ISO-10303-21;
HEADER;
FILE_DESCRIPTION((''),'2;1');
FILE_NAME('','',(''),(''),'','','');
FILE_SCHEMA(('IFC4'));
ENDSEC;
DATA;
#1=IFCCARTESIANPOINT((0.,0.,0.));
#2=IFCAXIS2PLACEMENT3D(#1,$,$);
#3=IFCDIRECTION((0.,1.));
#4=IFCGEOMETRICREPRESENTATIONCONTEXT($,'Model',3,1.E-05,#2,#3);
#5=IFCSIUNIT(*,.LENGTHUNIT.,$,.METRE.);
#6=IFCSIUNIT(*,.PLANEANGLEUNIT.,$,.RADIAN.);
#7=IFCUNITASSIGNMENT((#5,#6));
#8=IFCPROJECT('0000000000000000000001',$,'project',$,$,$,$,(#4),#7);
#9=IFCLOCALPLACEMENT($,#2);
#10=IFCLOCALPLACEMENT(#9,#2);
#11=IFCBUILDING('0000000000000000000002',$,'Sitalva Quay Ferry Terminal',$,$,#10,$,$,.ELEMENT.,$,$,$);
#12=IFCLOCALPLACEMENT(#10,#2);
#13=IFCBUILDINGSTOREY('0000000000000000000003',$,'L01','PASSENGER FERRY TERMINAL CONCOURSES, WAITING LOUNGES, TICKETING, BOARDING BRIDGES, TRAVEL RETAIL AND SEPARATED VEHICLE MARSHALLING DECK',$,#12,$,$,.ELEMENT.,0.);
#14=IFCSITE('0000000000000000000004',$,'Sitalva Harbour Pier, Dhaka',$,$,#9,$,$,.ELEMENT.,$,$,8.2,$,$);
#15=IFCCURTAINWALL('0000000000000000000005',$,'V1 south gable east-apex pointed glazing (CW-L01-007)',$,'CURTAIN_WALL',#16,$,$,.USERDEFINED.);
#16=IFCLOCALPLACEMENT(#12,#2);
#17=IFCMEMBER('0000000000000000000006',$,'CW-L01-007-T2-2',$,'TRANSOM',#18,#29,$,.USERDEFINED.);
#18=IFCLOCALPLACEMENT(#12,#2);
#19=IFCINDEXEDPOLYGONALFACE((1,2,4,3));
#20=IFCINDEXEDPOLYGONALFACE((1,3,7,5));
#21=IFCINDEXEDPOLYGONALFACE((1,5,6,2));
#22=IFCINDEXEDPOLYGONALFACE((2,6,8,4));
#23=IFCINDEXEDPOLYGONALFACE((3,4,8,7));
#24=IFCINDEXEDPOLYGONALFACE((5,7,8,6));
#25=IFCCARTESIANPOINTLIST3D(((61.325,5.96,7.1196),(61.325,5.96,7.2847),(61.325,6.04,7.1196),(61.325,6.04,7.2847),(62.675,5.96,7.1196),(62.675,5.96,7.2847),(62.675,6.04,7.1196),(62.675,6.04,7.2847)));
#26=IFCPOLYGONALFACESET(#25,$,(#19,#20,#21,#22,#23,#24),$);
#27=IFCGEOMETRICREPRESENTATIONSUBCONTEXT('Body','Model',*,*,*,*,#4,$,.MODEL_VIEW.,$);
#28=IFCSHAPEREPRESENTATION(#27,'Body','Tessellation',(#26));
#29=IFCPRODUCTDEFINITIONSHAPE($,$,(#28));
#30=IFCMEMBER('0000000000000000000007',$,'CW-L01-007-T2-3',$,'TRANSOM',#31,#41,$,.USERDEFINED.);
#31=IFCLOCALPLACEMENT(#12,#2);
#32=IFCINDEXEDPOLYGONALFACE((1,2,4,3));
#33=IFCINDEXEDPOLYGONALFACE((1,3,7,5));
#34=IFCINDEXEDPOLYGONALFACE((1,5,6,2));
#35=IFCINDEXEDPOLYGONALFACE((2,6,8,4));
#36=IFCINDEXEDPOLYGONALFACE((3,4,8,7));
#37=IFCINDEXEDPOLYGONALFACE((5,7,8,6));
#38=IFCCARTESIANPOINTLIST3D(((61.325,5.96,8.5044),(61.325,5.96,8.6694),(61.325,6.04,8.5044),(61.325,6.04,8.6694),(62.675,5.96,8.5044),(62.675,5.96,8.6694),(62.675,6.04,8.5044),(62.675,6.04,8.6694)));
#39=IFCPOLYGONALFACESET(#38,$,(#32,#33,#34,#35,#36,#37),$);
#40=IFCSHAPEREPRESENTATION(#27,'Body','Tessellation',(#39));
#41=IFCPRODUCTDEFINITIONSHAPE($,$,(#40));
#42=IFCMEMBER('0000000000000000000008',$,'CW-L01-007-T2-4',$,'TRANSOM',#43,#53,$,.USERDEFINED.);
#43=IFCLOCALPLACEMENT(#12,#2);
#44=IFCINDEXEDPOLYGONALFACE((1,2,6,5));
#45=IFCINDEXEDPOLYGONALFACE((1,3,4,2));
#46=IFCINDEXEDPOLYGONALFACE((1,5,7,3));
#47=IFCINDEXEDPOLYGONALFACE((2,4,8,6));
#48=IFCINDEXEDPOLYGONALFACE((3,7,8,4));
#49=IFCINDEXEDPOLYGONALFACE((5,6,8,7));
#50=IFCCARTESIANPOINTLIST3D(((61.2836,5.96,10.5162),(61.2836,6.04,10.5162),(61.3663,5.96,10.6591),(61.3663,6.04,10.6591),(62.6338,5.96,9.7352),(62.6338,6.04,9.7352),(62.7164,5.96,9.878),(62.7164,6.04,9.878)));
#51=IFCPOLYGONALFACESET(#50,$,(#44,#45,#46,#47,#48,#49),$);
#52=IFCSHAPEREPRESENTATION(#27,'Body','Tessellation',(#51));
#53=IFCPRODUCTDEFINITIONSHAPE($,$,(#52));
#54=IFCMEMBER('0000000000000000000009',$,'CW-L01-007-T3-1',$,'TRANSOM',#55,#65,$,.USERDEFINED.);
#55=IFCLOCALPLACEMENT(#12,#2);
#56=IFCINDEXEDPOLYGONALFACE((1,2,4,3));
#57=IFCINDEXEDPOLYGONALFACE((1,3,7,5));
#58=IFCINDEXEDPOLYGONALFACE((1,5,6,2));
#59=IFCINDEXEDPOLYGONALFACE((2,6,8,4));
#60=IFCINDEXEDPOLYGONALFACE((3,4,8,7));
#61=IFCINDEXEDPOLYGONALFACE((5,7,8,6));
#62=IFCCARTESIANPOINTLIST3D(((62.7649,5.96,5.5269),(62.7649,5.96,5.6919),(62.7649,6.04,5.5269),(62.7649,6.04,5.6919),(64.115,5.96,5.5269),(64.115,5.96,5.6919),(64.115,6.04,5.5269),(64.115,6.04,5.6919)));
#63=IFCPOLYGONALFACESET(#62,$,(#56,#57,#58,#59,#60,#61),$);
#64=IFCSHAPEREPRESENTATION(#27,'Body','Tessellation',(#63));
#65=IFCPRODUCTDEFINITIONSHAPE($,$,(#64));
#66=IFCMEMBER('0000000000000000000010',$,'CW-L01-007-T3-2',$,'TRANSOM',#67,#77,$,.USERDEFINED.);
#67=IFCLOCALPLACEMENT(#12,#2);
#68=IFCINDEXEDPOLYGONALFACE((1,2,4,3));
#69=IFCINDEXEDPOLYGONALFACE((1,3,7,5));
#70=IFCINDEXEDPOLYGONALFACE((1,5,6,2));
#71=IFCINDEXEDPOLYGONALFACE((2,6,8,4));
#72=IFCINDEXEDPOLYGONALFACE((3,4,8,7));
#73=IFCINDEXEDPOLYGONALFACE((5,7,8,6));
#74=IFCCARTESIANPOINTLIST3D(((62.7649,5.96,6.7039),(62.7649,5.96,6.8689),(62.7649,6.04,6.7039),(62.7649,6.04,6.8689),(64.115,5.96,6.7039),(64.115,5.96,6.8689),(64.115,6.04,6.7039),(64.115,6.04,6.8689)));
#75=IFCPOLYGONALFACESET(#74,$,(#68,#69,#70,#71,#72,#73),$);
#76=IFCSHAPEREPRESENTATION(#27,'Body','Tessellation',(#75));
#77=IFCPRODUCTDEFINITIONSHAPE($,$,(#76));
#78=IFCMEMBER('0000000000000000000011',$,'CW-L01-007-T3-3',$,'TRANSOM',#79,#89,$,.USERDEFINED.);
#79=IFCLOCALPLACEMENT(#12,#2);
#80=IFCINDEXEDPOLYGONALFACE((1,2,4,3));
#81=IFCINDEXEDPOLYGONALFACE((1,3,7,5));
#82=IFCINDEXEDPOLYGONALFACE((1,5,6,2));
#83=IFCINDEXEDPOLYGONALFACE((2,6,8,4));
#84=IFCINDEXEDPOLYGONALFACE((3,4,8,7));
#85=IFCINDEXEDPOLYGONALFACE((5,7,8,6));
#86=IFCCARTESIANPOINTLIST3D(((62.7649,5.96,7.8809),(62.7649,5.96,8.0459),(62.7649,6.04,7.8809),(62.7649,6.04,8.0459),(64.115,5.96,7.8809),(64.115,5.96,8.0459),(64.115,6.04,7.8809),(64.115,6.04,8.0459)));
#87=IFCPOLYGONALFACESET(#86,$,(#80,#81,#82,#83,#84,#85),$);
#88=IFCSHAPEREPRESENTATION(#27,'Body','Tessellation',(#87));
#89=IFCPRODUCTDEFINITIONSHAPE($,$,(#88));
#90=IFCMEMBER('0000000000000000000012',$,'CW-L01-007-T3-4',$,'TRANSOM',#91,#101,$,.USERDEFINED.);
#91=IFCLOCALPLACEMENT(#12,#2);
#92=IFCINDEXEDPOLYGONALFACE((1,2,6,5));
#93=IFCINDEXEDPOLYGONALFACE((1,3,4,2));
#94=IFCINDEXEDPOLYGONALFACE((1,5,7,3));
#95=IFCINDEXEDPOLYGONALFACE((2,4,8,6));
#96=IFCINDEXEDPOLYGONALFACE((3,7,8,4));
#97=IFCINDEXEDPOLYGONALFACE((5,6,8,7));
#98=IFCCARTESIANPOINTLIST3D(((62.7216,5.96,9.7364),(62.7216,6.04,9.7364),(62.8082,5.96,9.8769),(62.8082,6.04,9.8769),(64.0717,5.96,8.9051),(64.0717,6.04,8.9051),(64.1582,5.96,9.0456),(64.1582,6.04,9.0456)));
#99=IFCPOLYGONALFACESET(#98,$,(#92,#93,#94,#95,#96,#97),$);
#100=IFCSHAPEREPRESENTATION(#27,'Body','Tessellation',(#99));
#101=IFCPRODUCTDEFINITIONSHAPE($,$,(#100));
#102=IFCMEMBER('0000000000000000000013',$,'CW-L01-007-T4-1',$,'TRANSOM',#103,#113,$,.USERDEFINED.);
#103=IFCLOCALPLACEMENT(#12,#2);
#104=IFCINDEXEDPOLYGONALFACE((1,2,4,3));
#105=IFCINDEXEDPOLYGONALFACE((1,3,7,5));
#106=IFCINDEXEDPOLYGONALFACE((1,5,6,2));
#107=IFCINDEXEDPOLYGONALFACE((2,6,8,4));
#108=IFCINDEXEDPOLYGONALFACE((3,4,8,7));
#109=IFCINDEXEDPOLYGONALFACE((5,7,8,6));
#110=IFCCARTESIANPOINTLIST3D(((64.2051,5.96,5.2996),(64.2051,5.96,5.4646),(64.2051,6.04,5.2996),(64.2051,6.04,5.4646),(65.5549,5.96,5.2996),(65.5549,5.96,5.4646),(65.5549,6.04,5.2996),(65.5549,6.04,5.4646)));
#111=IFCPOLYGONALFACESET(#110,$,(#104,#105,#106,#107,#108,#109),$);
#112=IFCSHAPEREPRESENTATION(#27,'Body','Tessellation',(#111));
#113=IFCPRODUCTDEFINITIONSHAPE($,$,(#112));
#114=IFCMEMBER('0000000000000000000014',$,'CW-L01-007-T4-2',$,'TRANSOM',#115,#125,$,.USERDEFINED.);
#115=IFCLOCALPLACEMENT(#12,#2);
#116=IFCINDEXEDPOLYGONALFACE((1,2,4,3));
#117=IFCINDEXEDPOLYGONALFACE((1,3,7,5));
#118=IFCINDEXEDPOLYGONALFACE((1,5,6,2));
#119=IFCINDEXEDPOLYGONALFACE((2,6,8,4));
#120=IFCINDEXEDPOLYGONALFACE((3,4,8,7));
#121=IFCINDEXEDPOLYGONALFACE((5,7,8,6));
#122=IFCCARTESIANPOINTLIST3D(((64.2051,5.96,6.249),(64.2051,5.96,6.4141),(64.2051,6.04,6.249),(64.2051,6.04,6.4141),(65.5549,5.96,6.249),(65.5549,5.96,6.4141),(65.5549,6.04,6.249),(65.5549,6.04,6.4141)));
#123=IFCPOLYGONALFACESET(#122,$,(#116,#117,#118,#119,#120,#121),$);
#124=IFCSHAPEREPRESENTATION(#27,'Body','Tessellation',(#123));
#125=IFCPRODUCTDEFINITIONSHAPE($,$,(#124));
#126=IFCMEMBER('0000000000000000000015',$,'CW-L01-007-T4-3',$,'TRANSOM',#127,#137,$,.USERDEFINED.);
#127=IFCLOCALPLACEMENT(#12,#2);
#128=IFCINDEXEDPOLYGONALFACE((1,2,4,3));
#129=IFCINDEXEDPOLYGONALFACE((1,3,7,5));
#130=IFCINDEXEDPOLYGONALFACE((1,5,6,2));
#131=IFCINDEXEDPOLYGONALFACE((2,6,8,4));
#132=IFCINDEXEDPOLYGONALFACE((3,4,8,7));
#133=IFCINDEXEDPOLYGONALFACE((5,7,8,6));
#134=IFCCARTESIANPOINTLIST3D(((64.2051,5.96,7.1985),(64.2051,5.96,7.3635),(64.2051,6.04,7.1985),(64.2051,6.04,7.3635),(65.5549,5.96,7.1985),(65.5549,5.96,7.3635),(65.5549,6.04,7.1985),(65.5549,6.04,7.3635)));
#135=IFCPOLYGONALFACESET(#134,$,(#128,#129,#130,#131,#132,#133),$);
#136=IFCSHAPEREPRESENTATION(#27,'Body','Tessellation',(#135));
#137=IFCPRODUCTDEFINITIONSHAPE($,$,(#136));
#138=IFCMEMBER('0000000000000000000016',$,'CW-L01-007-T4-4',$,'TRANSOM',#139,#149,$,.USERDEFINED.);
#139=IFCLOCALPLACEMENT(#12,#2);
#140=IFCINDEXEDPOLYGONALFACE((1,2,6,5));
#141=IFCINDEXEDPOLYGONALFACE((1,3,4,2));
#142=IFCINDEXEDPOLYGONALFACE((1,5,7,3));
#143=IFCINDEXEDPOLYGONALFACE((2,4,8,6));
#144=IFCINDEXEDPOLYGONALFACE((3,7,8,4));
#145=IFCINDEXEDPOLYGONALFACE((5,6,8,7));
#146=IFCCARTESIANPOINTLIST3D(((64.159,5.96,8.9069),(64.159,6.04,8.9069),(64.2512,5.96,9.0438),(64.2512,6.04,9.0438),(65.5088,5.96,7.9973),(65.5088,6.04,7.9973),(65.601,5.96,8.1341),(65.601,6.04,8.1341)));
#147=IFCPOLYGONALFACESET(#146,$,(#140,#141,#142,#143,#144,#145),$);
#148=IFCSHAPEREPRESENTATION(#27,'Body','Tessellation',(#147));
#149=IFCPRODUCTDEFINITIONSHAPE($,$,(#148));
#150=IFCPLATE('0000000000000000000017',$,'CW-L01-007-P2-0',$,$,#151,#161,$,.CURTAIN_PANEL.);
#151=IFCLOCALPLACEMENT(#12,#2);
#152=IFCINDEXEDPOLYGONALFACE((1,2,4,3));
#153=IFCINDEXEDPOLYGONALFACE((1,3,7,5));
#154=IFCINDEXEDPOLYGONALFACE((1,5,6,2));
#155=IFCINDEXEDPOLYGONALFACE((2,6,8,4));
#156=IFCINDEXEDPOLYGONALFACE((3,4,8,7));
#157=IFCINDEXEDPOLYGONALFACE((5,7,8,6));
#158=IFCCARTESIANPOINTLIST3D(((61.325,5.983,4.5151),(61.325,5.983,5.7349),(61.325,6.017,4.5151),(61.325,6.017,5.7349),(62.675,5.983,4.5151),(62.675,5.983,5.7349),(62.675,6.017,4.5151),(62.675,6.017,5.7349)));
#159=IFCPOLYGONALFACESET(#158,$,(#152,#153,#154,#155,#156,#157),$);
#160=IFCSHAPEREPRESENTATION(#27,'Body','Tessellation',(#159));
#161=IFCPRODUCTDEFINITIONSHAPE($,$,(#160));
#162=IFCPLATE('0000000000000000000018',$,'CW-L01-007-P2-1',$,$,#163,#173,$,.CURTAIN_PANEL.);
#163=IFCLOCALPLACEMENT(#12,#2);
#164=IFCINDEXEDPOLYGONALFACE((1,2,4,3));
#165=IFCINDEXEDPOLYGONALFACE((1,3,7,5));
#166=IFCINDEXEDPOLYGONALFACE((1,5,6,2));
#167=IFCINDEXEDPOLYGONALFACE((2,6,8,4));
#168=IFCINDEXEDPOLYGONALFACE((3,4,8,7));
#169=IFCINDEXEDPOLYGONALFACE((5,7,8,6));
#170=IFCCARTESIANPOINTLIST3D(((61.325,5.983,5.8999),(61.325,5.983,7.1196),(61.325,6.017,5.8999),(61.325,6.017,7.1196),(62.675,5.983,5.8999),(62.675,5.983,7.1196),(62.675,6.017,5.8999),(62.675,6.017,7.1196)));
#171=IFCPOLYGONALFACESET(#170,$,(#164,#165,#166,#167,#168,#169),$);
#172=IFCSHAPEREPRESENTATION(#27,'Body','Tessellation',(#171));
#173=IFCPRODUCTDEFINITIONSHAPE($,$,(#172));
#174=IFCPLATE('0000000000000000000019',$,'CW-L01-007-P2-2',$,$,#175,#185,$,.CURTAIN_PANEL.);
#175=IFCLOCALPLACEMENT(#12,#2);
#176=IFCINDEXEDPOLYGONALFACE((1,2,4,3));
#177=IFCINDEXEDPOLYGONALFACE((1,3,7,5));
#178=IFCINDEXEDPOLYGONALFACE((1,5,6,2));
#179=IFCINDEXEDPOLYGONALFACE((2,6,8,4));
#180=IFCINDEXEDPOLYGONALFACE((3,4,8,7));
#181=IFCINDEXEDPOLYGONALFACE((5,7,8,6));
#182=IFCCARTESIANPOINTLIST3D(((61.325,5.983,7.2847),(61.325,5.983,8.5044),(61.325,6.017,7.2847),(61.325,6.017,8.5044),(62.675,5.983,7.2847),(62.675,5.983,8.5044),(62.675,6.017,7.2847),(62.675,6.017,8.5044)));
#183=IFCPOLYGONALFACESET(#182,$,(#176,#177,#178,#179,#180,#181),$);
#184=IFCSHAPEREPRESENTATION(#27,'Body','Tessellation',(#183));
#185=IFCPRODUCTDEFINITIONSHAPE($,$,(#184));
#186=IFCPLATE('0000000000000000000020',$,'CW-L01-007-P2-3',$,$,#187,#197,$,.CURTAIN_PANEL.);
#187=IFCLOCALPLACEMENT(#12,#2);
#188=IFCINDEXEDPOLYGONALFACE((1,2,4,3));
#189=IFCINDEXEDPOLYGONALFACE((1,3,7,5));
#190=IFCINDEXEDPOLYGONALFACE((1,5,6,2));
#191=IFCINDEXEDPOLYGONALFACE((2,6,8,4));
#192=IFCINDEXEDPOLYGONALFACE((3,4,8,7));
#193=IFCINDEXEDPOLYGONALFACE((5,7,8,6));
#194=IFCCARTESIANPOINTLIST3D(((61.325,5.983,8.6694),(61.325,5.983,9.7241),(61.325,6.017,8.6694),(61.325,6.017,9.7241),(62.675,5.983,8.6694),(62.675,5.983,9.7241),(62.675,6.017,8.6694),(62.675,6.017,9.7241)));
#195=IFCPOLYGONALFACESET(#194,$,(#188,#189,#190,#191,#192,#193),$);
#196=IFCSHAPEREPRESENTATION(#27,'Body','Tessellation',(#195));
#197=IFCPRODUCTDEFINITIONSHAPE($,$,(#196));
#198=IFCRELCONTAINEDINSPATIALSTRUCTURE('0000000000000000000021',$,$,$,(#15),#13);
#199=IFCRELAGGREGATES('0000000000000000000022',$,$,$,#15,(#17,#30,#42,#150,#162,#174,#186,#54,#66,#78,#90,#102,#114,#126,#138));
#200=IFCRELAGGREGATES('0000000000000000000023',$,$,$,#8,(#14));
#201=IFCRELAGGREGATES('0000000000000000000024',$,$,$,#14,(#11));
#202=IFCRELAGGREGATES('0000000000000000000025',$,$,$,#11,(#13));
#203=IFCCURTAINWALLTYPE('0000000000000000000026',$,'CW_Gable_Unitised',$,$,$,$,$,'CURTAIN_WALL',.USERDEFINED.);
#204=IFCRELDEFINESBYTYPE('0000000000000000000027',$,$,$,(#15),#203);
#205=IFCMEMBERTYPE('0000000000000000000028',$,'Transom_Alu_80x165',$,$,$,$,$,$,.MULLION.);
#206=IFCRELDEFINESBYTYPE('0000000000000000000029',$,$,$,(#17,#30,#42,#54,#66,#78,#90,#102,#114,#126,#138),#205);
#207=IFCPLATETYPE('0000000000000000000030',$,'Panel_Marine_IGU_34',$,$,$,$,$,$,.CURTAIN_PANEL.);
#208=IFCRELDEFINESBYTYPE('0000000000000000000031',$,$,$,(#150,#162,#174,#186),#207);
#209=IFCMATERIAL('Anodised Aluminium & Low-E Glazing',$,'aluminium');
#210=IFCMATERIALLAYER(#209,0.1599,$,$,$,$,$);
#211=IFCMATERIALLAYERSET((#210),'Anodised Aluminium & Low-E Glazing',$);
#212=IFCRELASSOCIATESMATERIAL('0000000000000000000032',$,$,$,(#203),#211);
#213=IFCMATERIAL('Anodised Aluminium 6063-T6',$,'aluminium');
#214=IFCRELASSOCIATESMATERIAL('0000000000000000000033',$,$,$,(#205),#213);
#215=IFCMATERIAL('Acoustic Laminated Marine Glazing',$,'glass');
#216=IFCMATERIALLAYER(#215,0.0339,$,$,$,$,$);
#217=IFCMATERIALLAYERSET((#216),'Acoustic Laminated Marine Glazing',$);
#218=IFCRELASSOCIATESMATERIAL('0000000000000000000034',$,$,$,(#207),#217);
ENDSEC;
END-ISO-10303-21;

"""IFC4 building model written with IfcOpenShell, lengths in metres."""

from ifc_helpers import new_model, si_unit, direction, frame, origin, origin_2d, place, context, subcontext, project, spatial, rectangle, extrude, material, layer, layer_set, material_profile, profile_set, type_object, element, aggregate, save


model = new_model("IFC4")

# Units and contexts
model_context = context("Model", 3, precision=1e-05, world=origin(), true_north=direction((0.0, 1.0)))
body_context = subcontext(model_context, "Body", "Model", "MODEL_VIEW")
ifc_project = project(units=[si_unit("LENGTHUNIT", "METRE"), si_unit("PLANEANGLEUNIT", "RADIAN")], contexts=[model_context])

# Site, building, storey
site_placement = place(None, origin())
site = spatial("IfcSite", under=ifc_project, at=site_placement, Name="Sitalva Harbour Pier, Dhaka", CompositionType="ELEMENT", RefElevation=8.2)
building_placement = place(site_placement, origin())
building = spatial("IfcBuilding", under=site, at=building_placement, Name="Sitalva Quay Ferry Terminal", CompositionType="ELEMENT")
storey_placement = place(building_placement, origin())
storey = spatial("IfcBuildingStorey", under=building, at=storey_placement, Name="L01", Description="PASSENGER FERRY TERMINAL CONCOURSES, WAITING LOUNGES, TICKETING, BOARDING BRIDGES, TRAVEL RETAIL AND SEPARATED VEHICLE MARSHALLING DECK", CompositionType="ELEMENT", Elevation=0.0)

# Curtain wall, members, plates
ifc_material_1 = material(Name="Anodised Aluminium & Low-E Glazing", Category="aluminium")
ifc_layer_1 = layer(ifc_material_1, 0.1599)
ifc_layer_set_1 = layer_set([ifc_layer_1], Name="Anodised Aluminium & Low-E Glazing")
curtain_wall_type = type_object("IfcCurtainWallType", Name="CW_Gable_Unitised", ElementType="CURTAIN_WALL", PredefinedType="USERDEFINED", material=ifc_layer_set_1)
curtain_wall_placement = place(storey_placement, origin())
curtain_wall = element("IfcCurtainWall", 1, at=curtain_wall_placement, inside=storey, type_object=curtain_wall_type, Name="V1 south gable east-apex pointed glazing (CW-L01-007)", ObjectType="CURTAIN_WALL", PredefinedType="USERDEFINED")
ifc_material_2 = material(Name="Anodised Aluminium 6063-T6", Category="aluminium")
ifc_material_profile = material_profile(ifc_material_2, rectangle(XDim=0.0801, YDim=0.165, at=origin_2d()), Name="ALU80x165")
ifc_profile_set = profile_set([ifc_material_profile], Name="Anodised Aluminium 6063-T6")
member_type = type_object("IfcMemberType", Name="Transom_Alu_80x165", PredefinedType="MULLION", material=ifc_profile_set)
member_1_placement = place(storey_placement, frame((61.325, 6.0, 7.2021), z_axis=(1.0, 0.0, 0.0), x_axis=(0.0, 1.0, 0.0)))
member_1 = element("IfcMember", 2, at=member_1_placement, type_object=member_type, Name="CW-L01-007-T2-2", ObjectType="TRANSOM", PredefinedType="USERDEFINED", context=body_context, shape_type="SweptSolid", body=[
    extrude(rectangle(XDim=0.0801, YDim=0.165, at=origin_2d()), origin(), (0.0, 0.0, 1.0), 1.3501),
])
member_2_placement = place(storey_placement, frame((61.325, 6.0, 8.5869), z_axis=(1.0, 0.0, 0.0), x_axis=(0.0, 1.0, 0.0)))
member_2 = element("IfcMember", 3, at=member_2_placement, type_object=member_type, Name="CW-L01-007-T2-3", ObjectType="TRANSOM", PredefinedType="USERDEFINED", context=body_context, shape_type="SweptSolid", body=[
    extrude(rectangle(XDim=0.0801, YDim=0.165, at=origin_2d()), origin(), (0.0, 0.0, 1.0), 1.3501),
])
member_3_placement = place(storey_placement, frame((61.325, 6.0, 10.5876), z_axis=(0.865601, 0.0, -0.500734), x_axis=(0.0, 1.0, 0.0)))
member_3 = element("IfcMember", 4, at=member_3_placement, type_object=member_type, Name="CW-L01-007-T2-4", ObjectType="TRANSOM", PredefinedType="USERDEFINED", context=body_context, shape_type="SweptSolid", body=[
    extrude(rectangle(XDim=0.0801, YDim=0.165, at=origin_2d()), origin(), (0.0, 0.0, 1.0), 1.5598),
])
member_4_placement = place(storey_placement, frame((62.7649, 6.0, 5.6094), z_axis=(1.0, 0.0, 0.0), x_axis=(0.0, 1.0, 0.0)))
member_4 = element("IfcMember", 5, at=member_4_placement, type_object=member_type, Name="CW-L01-007-T3-1", ObjectType="TRANSOM", PredefinedType="USERDEFINED", context=body_context, shape_type="SweptSolid", body=[
    extrude(rectangle(XDim=0.0801, YDim=0.165, at=origin_2d()), origin(), (0.0, 0.0, 1.0), 1.3501),
])
member_5_placement = place(storey_placement, frame((62.7649, 6.0, 6.7864), z_axis=(1.0, 0.0, 0.0), x_axis=(0.0, 1.0, 0.0)))
member_5 = element("IfcMember", 6, at=member_5_placement, type_object=member_type, Name="CW-L01-007-T3-2", ObjectType="TRANSOM", PredefinedType="USERDEFINED", context=body_context, shape_type="SweptSolid", body=[
    extrude(rectangle(XDim=0.0801, YDim=0.165, at=origin_2d()), origin(), (0.0, 0.0, 1.0), 1.3501),
])
member_6_placement = place(storey_placement, frame((62.7649, 6.0, 7.9634), z_axis=(1.0, 0.0, 0.0), x_axis=(0.0, 1.0, 0.0)))
member_6 = element("IfcMember", 7, at=member_6_placement, type_object=member_type, Name="CW-L01-007-T3-3", ObjectType="TRANSOM", PredefinedType="USERDEFINED", context=body_context, shape_type="SweptSolid", body=[
    extrude(rectangle(XDim=0.0801, YDim=0.165, at=origin_2d()), origin(), (0.0, 0.0, 1.0), 1.3501),
])
member_7_placement = place(storey_placement, frame((62.7649, 6.0, 9.8066), z_axis=(0.851526, 0.0, -0.524312), x_axis=(0.0, 1.0, 0.0)))
member_7 = element("IfcMember", 8, at=member_7_placement, type_object=member_type, Name="CW-L01-007-T3-4", ObjectType="TRANSOM", PredefinedType="USERDEFINED", context=body_context, shape_type="SweptSolid", body=[
    extrude(rectangle(XDim=0.0801, YDim=0.165, at=origin_2d()), origin(), (0.0, 0.0, 1.0), 1.5854),
])
member_8_placement = place(storey_placement, frame((64.2051, 6.0, 5.3821), z_axis=(1.0, 0.0, 0.0), x_axis=(0.0, 1.0, 0.0)))
member_8 = element("IfcMember", 9, at=member_8_placement, type_object=member_type, Name="CW-L01-007-T4-1", ObjectType="TRANSOM", PredefinedType="USERDEFINED", context=body_context, shape_type="SweptSolid", body=[
    extrude(rectangle(XDim=0.0801, YDim=0.165, at=origin_2d()), origin(), (0.0, 0.0, 1.0), 1.3499),
])
member_9_placement = place(storey_placement, frame((64.2051, 6.0, 6.3315), z_axis=(1.0, 0.0, 0.0), x_axis=(0.0, 1.0, 0.0)))
member_9 = element("IfcMember", 10, at=member_9_placement, type_object=member_type, Name="CW-L01-007-T4-2", ObjectType="TRANSOM", PredefinedType="USERDEFINED", context=body_context, shape_type="SweptSolid", body=[
    extrude(rectangle(XDim=0.0801, YDim=0.165, at=origin_2d()), origin(), (0.0, 0.0, 1.0), 1.3499),
])
member_10_placement = place(storey_placement, frame((64.2051, 6.0, 7.281), z_axis=(1.0, 0.0, 0.0), x_axis=(0.0, 1.0, 0.0)))
member_10 = element("IfcMember", 11, at=member_10_placement, type_object=member_type, Name="CW-L01-007-T4-3", ObjectType="TRANSOM", PredefinedType="USERDEFINED", context=body_context, shape_type="SweptSolid", body=[
    extrude(rectangle(XDim=0.0801, YDim=0.165, at=origin_2d()), origin(), (0.0, 0.0, 1.0), 1.3499),
])
member_11_placement = place(storey_placement, frame((64.2051, 6.0, 8.9753), z_axis=(0.829271, 0.0, -0.558847), x_axis=(0.0, 1.0, 0.0)))
member_11 = element("IfcMember", 12, at=member_11_placement, type_object=member_type, Name="CW-L01-007-T4-4", ObjectType="TRANSOM", PredefinedType="USERDEFINED", context=body_context, shape_type="SweptSolid", body=[
    extrude(rectangle(XDim=0.0801, YDim=0.165, at=origin_2d()), origin(), (0.0, 0.0, 1.0), 1.6277),
])
ifc_material_3 = material(Name="Acoustic Laminated Marine Glazing", Category="glass")
ifc_layer_2 = layer(ifc_material_3, 0.0339)
ifc_layer_set_2 = layer_set([ifc_layer_2], Name="Acoustic Laminated Marine Glazing")
plate_type = type_object("IfcPlateType", Name="Panel_Marine_IGU_34", PredefinedType="CURTAIN_PANEL", material=ifc_layer_set_2)
plate_1_placement = place(storey_placement, frame((62.0, 6.0, 4.5151), z_axis=(0.0, 0.0, 1.0), x_axis=(1.0, 0.0, 0.0)))
plate_1 = element("IfcPlate", 13, at=plate_1_placement, type_object=plate_type, Name="CW-L01-007-P2-0", PredefinedType="CURTAIN_PANEL", context=body_context, shape_type="SweptSolid", body=[
    extrude(rectangle(XDim=1.3501, YDim=0.0339, at=origin_2d()), origin(), (0.0, 0.0, 1.0), 1.2197),
])
plate_2_placement = place(storey_placement, frame((62.0, 6.0, 5.8999), z_axis=(0.0, 0.0, 1.0), x_axis=(1.0, 0.0, 0.0)))
plate_2 = element("IfcPlate", 14, at=plate_2_placement, type_object=plate_type, Name="CW-L01-007-P2-1", PredefinedType="CURTAIN_PANEL", context=body_context, shape_type="SweptSolid", body=[
    extrude(rectangle(XDim=1.3501, YDim=0.0339, at=origin_2d()), origin(), (0.0, 0.0, 1.0), 1.2197),
])
plate_3_placement = place(storey_placement, frame((62.0, 6.0, 7.2847), z_axis=(0.0, 0.0, 1.0), x_axis=(1.0, 0.0, 0.0)))
plate_3 = element("IfcPlate", 15, at=plate_3_placement, type_object=plate_type, Name="CW-L01-007-P2-2", PredefinedType="CURTAIN_PANEL", context=body_context, shape_type="SweptSolid", body=[
    extrude(rectangle(XDim=1.3501, YDim=0.0339, at=origin_2d()), origin(), (0.0, 0.0, 1.0), 1.2197),
])
plate_4_placement = place(storey_placement, frame((62.0, 6.0, 8.6694), z_axis=(0.0, 0.0, 1.0), x_axis=(1.0, 0.0, 0.0)))
plate_4 = element("IfcPlate", 16, at=plate_4_placement, type_object=plate_type, Name="CW-L01-007-P2-3", PredefinedType="CURTAIN_PANEL", context=body_context, shape_type="SweptSolid", body=[
    extrude(rectangle(XDim=1.3501, YDim=0.0339, at=origin_2d()), origin(), (0.0, 0.0, 1.0), 1.0547),
])
aggregate(curtain_wall, [member_1, member_2, member_3, plate_1, plate_2, plate_3, plate_4, member_4, member_5, member_6, member_7, member_8, member_9, member_10, member_11])

save(model, "model.ifc")
